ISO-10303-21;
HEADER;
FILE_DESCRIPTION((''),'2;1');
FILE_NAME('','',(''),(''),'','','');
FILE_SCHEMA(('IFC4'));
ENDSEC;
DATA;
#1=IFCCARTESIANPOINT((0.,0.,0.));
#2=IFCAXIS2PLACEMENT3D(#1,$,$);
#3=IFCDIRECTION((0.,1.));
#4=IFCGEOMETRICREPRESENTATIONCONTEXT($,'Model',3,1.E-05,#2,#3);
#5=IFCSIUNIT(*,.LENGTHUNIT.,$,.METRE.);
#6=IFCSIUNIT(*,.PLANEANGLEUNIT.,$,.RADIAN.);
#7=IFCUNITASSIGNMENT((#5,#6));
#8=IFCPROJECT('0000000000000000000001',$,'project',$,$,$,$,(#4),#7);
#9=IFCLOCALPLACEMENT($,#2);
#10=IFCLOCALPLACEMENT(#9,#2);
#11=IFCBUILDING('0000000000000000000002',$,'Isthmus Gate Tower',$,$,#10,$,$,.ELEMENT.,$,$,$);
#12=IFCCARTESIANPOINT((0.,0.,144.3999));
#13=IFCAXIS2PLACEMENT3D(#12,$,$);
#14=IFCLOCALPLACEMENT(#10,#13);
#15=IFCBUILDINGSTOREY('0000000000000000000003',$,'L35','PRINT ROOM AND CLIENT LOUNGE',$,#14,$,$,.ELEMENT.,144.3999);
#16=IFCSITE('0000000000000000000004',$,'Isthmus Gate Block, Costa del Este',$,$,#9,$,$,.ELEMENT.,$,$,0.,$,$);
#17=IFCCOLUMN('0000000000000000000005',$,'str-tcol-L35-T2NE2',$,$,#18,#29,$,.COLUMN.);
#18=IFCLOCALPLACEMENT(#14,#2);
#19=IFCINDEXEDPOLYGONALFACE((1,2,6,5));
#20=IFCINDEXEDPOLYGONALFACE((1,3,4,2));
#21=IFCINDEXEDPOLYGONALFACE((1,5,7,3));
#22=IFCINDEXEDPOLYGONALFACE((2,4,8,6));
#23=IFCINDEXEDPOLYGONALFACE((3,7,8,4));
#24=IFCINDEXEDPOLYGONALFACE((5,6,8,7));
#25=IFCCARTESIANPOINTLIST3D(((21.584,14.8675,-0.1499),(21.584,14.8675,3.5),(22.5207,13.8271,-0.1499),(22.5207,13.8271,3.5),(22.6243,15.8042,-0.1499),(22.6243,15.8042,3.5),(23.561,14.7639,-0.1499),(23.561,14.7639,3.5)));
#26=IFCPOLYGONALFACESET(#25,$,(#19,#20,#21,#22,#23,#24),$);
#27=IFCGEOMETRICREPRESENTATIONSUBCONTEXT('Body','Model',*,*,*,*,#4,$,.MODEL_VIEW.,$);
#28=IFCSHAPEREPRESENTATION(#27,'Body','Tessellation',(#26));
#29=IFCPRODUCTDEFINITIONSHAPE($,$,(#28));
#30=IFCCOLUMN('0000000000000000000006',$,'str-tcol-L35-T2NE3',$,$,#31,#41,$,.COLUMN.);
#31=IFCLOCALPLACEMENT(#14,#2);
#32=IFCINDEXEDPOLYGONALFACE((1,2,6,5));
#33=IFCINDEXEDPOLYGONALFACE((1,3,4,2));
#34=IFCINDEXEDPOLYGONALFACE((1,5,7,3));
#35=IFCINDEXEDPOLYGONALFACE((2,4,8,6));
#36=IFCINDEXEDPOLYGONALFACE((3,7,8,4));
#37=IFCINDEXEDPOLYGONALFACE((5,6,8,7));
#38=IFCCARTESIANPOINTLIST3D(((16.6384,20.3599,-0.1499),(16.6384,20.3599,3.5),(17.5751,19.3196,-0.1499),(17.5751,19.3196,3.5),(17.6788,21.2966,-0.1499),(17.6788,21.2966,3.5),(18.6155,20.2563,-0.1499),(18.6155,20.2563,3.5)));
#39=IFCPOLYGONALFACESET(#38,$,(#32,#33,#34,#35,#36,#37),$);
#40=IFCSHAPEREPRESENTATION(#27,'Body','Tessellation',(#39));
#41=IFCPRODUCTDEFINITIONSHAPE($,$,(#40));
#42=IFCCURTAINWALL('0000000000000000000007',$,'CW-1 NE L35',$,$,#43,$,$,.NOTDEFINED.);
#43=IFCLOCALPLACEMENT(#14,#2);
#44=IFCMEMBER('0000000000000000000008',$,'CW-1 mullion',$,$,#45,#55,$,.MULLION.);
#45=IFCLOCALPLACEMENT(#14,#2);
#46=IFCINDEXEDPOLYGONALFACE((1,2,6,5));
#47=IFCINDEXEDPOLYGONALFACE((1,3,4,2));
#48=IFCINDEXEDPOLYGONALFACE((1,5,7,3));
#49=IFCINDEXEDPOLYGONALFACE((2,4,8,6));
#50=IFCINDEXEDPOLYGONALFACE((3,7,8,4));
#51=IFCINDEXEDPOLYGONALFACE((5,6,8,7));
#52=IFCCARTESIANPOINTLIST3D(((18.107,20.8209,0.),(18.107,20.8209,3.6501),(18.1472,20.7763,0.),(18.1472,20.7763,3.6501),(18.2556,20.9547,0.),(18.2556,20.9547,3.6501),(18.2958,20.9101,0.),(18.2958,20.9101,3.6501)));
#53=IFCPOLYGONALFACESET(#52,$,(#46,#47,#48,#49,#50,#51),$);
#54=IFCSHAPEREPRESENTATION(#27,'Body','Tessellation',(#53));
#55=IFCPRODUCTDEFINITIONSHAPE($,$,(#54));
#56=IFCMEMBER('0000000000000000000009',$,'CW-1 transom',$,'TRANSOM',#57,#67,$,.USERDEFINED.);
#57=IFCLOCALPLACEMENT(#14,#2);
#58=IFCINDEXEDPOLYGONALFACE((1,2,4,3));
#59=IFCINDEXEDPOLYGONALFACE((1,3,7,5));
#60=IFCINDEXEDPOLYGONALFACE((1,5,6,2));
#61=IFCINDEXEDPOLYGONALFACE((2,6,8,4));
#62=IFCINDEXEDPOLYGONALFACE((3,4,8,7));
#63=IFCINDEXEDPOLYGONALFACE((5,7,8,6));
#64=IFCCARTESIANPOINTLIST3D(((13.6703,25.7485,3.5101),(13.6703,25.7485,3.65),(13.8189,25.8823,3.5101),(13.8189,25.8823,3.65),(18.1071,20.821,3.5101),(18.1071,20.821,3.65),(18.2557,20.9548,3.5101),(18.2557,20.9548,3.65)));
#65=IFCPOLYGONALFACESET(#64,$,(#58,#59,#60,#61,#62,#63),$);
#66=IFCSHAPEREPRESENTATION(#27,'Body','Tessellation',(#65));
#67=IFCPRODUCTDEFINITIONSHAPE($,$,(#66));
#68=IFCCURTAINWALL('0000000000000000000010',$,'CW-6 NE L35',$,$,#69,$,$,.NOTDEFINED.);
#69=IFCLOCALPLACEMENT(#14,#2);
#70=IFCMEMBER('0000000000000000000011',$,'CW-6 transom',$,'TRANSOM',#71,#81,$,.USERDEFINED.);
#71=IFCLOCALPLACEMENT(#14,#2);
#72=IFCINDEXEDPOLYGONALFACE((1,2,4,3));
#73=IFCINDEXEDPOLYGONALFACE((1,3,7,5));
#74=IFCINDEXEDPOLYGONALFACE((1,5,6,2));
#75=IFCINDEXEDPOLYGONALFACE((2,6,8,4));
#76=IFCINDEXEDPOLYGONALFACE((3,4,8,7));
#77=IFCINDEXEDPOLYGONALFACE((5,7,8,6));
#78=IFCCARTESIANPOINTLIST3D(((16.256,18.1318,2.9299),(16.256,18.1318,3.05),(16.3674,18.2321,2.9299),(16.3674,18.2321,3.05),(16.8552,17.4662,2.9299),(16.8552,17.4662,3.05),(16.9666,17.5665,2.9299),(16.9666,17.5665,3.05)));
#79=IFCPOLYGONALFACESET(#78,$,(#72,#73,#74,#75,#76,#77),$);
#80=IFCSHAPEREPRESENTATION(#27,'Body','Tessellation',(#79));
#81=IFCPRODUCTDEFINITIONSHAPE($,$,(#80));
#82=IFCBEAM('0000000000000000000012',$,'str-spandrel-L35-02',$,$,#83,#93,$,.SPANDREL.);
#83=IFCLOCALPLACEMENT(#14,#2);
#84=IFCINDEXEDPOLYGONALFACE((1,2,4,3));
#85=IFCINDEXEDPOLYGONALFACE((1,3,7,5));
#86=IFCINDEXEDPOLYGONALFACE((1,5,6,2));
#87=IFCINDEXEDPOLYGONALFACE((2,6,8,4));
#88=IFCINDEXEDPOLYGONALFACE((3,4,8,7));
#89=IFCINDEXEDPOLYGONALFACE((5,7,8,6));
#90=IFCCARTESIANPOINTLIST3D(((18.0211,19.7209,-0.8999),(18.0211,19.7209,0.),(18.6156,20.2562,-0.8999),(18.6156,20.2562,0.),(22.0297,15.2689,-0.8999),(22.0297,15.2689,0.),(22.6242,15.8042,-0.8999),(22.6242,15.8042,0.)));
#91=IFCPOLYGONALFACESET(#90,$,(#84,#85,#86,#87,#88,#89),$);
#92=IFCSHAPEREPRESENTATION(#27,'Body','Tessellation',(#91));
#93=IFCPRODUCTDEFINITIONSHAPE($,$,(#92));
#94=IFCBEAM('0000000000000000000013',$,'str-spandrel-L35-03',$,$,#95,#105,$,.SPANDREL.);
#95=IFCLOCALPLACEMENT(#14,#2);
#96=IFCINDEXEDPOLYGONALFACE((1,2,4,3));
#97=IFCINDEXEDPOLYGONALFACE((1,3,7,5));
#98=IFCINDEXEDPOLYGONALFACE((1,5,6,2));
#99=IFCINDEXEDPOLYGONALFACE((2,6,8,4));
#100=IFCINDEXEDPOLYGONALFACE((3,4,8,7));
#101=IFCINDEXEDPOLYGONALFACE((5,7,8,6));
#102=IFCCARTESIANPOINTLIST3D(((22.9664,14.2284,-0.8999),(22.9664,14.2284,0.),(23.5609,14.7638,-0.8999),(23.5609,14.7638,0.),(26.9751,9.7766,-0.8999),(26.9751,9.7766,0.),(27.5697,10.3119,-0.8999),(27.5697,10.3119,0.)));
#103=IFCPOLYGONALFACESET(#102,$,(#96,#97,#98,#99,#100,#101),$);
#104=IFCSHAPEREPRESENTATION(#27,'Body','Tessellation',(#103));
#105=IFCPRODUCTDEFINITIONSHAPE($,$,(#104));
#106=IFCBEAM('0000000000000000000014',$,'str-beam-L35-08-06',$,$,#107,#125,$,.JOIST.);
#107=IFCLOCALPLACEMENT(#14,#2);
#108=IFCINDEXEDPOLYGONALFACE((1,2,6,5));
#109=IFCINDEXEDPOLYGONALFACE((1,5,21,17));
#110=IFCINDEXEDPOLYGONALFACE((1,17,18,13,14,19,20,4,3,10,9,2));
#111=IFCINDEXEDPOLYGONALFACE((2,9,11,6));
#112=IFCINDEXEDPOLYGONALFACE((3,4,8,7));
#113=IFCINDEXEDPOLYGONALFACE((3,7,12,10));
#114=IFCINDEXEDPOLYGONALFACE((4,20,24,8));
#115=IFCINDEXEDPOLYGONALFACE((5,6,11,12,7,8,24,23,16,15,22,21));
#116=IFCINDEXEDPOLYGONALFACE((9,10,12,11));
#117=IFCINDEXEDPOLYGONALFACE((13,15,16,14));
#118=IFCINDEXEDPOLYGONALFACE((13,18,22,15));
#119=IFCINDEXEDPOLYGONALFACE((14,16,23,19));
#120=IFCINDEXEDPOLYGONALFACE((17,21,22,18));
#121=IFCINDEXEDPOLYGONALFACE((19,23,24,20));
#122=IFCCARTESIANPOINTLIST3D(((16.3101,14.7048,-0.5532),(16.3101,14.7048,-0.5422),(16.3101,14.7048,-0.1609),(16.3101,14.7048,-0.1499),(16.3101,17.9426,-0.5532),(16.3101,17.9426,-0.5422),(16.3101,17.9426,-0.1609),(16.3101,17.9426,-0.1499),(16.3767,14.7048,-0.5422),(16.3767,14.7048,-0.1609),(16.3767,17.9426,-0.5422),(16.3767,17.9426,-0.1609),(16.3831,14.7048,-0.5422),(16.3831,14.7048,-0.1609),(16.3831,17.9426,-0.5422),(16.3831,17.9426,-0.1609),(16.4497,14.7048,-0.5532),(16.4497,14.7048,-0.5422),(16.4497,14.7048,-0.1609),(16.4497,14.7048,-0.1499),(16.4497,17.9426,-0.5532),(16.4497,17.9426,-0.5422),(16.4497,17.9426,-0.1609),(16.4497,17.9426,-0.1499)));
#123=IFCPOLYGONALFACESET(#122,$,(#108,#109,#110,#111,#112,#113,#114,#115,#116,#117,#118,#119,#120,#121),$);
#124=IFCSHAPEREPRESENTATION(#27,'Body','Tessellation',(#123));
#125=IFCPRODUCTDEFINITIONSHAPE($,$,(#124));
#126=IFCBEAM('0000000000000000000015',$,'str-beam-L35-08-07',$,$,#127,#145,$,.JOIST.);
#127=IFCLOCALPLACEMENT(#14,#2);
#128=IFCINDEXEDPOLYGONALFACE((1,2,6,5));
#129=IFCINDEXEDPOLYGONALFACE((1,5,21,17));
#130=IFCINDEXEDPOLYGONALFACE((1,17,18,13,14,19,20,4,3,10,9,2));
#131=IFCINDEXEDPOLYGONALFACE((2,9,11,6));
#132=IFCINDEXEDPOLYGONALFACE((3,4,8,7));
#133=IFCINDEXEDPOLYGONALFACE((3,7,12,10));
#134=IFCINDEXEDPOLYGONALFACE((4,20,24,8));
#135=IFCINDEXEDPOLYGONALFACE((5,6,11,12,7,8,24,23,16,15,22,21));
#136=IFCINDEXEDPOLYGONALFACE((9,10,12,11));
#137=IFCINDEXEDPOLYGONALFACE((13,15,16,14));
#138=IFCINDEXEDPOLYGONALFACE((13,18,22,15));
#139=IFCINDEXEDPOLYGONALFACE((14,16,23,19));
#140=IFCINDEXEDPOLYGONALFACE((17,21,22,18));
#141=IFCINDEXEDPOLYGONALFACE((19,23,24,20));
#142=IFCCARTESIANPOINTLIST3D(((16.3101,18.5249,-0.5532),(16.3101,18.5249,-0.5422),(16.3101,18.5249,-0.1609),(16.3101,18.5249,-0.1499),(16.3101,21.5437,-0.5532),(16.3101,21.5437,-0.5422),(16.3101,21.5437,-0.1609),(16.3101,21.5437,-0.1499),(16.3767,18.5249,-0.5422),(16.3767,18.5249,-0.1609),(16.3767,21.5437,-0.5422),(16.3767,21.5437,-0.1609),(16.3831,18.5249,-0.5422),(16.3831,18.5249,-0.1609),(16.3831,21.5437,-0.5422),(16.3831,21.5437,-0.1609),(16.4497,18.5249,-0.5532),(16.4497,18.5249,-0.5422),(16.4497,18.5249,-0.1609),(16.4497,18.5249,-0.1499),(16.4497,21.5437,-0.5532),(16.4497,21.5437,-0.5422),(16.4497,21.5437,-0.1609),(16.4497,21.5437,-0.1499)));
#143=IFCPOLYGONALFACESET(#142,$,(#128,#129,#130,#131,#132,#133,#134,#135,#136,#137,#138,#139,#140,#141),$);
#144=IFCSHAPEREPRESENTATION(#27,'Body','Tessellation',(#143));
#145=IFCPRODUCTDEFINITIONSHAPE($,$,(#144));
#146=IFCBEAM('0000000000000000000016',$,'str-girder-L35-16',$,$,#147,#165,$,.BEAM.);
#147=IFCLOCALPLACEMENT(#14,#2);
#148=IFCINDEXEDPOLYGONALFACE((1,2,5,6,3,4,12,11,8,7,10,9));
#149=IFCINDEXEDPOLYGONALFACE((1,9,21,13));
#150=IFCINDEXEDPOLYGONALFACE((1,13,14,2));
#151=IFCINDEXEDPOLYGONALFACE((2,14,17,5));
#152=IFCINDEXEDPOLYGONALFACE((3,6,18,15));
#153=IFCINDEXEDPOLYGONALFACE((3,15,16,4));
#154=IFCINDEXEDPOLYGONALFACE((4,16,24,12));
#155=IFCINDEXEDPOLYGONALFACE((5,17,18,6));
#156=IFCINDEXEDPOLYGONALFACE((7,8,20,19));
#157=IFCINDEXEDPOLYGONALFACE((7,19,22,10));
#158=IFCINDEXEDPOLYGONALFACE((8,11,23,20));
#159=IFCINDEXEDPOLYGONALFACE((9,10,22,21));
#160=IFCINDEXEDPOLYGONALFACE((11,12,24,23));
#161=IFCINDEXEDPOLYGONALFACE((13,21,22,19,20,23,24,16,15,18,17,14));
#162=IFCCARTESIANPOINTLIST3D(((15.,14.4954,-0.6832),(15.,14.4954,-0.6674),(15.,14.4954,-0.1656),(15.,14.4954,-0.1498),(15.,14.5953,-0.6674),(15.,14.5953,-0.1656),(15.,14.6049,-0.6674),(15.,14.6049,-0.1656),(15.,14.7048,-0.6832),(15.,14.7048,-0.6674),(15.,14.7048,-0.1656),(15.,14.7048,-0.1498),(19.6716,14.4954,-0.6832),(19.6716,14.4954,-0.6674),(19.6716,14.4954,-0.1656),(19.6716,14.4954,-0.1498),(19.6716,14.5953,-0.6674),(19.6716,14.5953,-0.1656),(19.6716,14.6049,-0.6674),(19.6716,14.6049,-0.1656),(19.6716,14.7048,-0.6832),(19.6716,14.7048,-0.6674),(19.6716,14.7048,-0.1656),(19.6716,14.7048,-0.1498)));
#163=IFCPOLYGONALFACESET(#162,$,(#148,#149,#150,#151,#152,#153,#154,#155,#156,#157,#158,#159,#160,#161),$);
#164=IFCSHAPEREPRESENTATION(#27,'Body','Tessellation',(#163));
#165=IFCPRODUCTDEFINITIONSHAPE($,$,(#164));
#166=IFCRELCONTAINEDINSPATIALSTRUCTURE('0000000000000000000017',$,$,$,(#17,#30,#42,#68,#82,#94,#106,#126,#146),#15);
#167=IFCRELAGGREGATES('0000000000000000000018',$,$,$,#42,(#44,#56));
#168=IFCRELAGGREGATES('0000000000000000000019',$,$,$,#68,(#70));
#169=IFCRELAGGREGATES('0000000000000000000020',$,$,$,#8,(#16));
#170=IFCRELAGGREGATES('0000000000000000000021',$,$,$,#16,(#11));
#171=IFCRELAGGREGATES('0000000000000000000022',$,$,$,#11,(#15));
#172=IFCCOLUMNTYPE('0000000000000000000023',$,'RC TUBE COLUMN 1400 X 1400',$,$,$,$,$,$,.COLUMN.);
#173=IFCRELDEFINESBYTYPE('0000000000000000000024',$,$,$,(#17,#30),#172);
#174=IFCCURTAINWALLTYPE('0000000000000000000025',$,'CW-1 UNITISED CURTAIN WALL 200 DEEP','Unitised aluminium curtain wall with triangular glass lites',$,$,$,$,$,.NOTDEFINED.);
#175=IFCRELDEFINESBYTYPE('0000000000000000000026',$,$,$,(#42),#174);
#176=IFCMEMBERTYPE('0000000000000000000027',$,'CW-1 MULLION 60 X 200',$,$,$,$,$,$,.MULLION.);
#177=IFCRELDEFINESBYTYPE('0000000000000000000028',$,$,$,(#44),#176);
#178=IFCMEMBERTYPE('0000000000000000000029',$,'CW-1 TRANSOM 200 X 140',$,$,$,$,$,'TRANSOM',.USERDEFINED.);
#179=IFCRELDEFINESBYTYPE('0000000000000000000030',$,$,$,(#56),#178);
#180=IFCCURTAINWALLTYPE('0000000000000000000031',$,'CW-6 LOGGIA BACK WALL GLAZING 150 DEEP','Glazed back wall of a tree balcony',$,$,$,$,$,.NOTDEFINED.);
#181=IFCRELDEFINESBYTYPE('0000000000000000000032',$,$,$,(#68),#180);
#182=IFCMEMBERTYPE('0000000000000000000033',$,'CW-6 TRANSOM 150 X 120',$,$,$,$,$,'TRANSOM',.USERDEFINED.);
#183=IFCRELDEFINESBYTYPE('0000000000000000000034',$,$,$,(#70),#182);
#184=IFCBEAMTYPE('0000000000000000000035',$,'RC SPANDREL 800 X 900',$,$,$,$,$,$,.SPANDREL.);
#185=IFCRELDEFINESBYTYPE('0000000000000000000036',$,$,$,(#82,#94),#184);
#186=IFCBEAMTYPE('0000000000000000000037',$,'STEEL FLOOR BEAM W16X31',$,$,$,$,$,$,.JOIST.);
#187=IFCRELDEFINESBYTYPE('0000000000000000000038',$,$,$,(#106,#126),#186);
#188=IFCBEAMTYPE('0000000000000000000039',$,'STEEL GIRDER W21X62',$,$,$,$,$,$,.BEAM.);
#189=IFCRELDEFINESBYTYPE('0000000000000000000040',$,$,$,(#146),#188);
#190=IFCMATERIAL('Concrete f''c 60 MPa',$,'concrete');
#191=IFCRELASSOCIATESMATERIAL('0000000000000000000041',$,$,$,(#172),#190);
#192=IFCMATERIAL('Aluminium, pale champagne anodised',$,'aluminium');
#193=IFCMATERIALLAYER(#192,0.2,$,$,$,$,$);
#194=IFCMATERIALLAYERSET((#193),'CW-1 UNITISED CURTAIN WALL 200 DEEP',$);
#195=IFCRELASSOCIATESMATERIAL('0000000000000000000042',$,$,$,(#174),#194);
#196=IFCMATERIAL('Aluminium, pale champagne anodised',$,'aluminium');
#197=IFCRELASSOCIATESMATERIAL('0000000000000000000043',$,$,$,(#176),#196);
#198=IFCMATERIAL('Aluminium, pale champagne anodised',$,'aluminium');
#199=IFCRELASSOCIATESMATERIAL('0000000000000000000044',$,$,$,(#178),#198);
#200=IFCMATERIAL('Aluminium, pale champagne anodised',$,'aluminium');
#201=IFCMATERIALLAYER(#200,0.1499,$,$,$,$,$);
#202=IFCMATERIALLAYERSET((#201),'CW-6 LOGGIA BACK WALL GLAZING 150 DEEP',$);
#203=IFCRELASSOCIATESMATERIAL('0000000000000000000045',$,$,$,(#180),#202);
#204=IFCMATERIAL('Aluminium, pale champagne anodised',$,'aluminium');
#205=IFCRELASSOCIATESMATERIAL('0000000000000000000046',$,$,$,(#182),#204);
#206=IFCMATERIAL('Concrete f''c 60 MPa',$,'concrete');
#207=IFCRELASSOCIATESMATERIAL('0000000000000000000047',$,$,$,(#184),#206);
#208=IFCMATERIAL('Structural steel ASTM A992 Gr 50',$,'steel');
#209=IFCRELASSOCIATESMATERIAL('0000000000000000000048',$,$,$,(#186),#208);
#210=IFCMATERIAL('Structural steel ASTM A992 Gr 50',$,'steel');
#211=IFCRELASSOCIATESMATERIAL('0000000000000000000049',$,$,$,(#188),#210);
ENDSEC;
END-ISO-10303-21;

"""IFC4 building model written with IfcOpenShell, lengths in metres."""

from ifc_helpers import new_model, si_unit, direction, frame, origin, origin_2d, place, context, subcontext, project, spatial, rectangle, i_section, extrude, material, layer, layer_set, material_profile, profile_set, type_object, element, aggregate, save


model = new_model("IFC4")

# Units and contexts
model_context = context("Model", 3, precision=1e-05, world=origin(), true_north=direction((0.0, 1.0)))
body_context = subcontext(model_context, "Body", "Model", "MODEL_VIEW")
ifc_project = project(units=[si_unit("LENGTHUNIT", "METRE"), si_unit("PLANEANGLEUNIT", "RADIAN")], contexts=[model_context])

# Site, building, storey
site_placement = place(None, origin())
site = spatial("IfcSite", under=ifc_project, at=site_placement, Name="Isthmus Gate Block, Costa del Este", CompositionType="ELEMENT", RefElevation=0.0)
building_placement = place(site_placement, origin())
building = spatial("IfcBuilding", under=site, at=building_placement, Name="Isthmus Gate Tower", CompositionType="ELEMENT")
storey_placement = place(building_placement, frame((0.0, 0.0, 144.3999)))
storey = spatial("IfcBuildingStorey", under=building, at=storey_placement, Name="L35", Description="PRINT ROOM AND CLIENT LOUNGE", CompositionType="ELEMENT", Elevation=144.3999)

# Columns
ifc_material_1 = material(Name="Concrete f'c 60 MPa", Category="concrete")
ifc_material_profile_1 = material_profile(ifc_material_1, rectangle(XDim=1.3999, YDim=1.3999, at=origin_2d()), Name="RC 1400X1400")
ifc_profile_set_1 = profile_set([ifc_material_profile_1], Name="Concrete f'c 60 MPa")
column_type = type_object("IfcColumnType", Name="RC TUBE COLUMN 1400 X 1400", PredefinedType="COLUMN", material=ifc_profile_set_1)
for number, where, z_axis, x_axis, name in (
    (1, (22.5725, 14.8157, -0.1499), (0.0, 0.0, 1.0), (-0.669131, 0.743145, 0.0), "str-tcol-L35-T2NE2"),
    (2, (17.627, 20.3081, -0.1499), (0.0, 0.0, 1.0), (-0.669131, 0.743145, 0.0), "str-tcol-L35-T2NE3"),
):
    element("IfcColumn", number, at=place(storey_placement, frame(where, z_axis=z_axis, x_axis=x_axis)), inside=storey, type_object=column_type, Name=name, PredefinedType="COLUMN", context=body_context, shape_type="SweptSolid", body=[
        extrude(rectangle(XDim=1.3999, YDim=1.3999, at=origin_2d()), origin(), (0.0, 0.0, 1.0), 3.6499),
    ])

# Curtain wall, members
ifc_material_2 = material(Name="Aluminium, pale champagne anodised", Category="aluminium")
ifc_layer_1 = layer(ifc_material_2, 0.2)
ifc_layer_set_1 = layer_set([ifc_layer_1], Name="CW-1 UNITISED CURTAIN WALL 200 DEEP")
curtain_wall_type_1 = type_object("IfcCurtainWallType", Name="CW-1 UNITISED CURTAIN WALL 200 DEEP", Description="Unitised aluminium curtain wall with triangular glass lites", PredefinedType="NOTDEFINED", material=ifc_layer_set_1)
curtain_wall_1_placement = place(storey_placement, origin())
curtain_wall_1 = element("IfcCurtainWall", 3, at=curtain_wall_1_placement, inside=storey, type_object=curtain_wall_type_1, Name="CW-1 NE L35", PredefinedType="NOTDEFINED")
ifc_material_3 = material(Name="Aluminium, pale champagne anodised", Category="aluminium")
ifc_material_profile_2 = material_profile(ifc_material_3, rectangle(XDim=0.0601, YDim=0.2, at=origin_2d()), Name="60x200")
ifc_profile_set_2 = profile_set([ifc_material_profile_2], Name="Aluminium, pale champagne anodised")
member_type_1 = type_object("IfcMemberType", Name="CW-1 MULLION 60 X 200", PredefinedType="MULLION", material=ifc_profile_set_2)
member_1_placement = place(storey_placement, frame((18.2014, 20.8655, 0.0), z_axis=(0.0, 0.0, 1.0), x_axis=(-0.669131, 0.743145, 0.0)))
member_1 = element("IfcMember", 4, at=member_1_placement, type_object=member_type_1, Name="CW-1 mullion", PredefinedType="MULLION", context=body_context, shape_type="SweptSolid", body=[
    extrude(rectangle(XDim=0.0601, YDim=0.2, at=origin_2d()), origin(), (0.0, 0.0, 1.0), 3.6501),
])
ifc_material_4 = material(Name="Aluminium, pale champagne anodised", Category="aluminium")
ifc_material_profile_3 = material_profile(ifc_material_4, rectangle(XDim=0.2, YDim=0.1399, at=origin_2d()), Name="200x140")
ifc_profile_set_3 = profile_set([ifc_material_profile_3], Name="Aluminium, pale champagne anodised")
member_type_2 = type_object("IfcMemberType", Name="CW-1 TRANSOM 200 X 140", ElementType="TRANSOM", PredefinedType="USERDEFINED", material=ifc_profile_set_3)
member_2_placement = place(storey_placement, frame((18.1814, 20.8879, 3.5801), z_axis=(-0.669134, 0.743142, 0.0), x_axis=(-0.743142, -0.669134, 0.0)))
member_2 = element("IfcMember", 5, at=member_2_placement, type_object=member_type_2, Name="CW-1 transom", ObjectType="TRANSOM", PredefinedType="USERDEFINED", context=body_context, shape_type="SweptSolid", body=[
    extrude(rectangle(XDim=0.2, YDim=0.1399, at=origin_2d()), origin(), (0.0, 0.0, 1.0), 6.6306),
])

# Curtain wall, member
ifc_material_5 = material(Name="Aluminium, pale champagne anodised", Category="aluminium")
ifc_layer_2 = layer(ifc_material_5, 0.1499)
ifc_layer_set_2 = layer_set([ifc_layer_2], Name="CW-6 LOGGIA BACK WALL GLAZING 150 DEEP")
curtain_wall_type_2 = type_object("IfcCurtainWallType", Name="CW-6 LOGGIA BACK WALL GLAZING 150 DEEP", Description="Glazed back wall of a tree balcony", PredefinedType="NOTDEFINED", material=ifc_layer_set_2)
curtain_wall_2_placement = place(storey_placement, origin())
curtain_wall_2 = element("IfcCurtainWall", 6, at=curtain_wall_2_placement, inside=storey, type_object=curtain_wall_type_2, Name="CW-6 NE L35", PredefinedType="NOTDEFINED")
ifc_material_6 = material(Name="Aluminium, pale champagne anodised", Category="aluminium")
ifc_material_profile_4 = material_profile(ifc_material_6, rectangle(XDim=0.1499, YDim=0.1201, at=origin_2d()), Name="150x120")
ifc_profile_set_4 = profile_set([ifc_material_profile_4], Name="Aluminium, pale champagne anodised")
member_type_3 = type_object("IfcMemberType", Name="CW-6 TRANSOM 150 X 120", ElementType="TRANSOM", PredefinedType="USERDEFINED", material=ifc_profile_set_4)
member_3_placement = place(storey_placement, frame((16.9109, 17.5164, 2.99), z_axis=(-0.669055, 0.743213, 0.0), x_axis=(-0.743213, -0.669055, 0.0)))
member_3 = element("IfcMember", 7, at=member_3_placement, type_object=member_type_3, Name="CW-6 transom", ObjectType="TRANSOM", PredefinedType="USERDEFINED", context=body_context, shape_type="SweptSolid", body=[
    extrude(rectangle(XDim=0.1499, YDim=0.1201, at=origin_2d()), origin(), (0.0, 0.0, 1.0), 0.8955),
])

# Beams
ifc_material_7 = material(Name="Concrete f'c 60 MPa", Category="concrete")
ifc_material_profile_5 = material_profile(ifc_material_7, rectangle(XDim=0.8, YDim=0.8999, at=origin_2d()), Name="RC 800X900")
ifc_profile_set_5 = profile_set([ifc_material_profile_5], Name="Concrete f'c 60 MPa")
beam_type_1 = type_object("IfcBeamType", Name="RC SPANDREL 800 X 900", PredefinedType="SPANDREL", material=ifc_profile_set_5)
for number, where, z_axis, x_axis, name in (
    (8, (18.3184, 19.9885, -0.45), (0.669134, -0.743142, 0.0), (0.743142, 0.669134, 0.0), "str-spandrel-L35-02"),
    (9, (23.2637, 14.4961, -0.45), (0.669156, -0.743122, 0.0), (0.743122, 0.669156, 0.0), "str-spandrel-L35-03"),
):
    element("IfcBeam", number, at=place(storey_placement, frame(where, z_axis=z_axis, x_axis=x_axis)), inside=storey, type_object=beam_type_1, Name=name, PredefinedType="SPANDREL", context=body_context, shape_type="SweptSolid", body=[
        extrude(rectangle(XDim=0.8, YDim=0.8999, at=origin_2d()), origin(), (0.0, 0.0, 1.0), 5.9907),
    ])
ifc_material_8 = material(Name="Structural steel ASTM A992 Gr 50", Category="steel")
ifc_material_profile_6 = material_profile(ifc_material_8, i_section(OverallWidth=0.1396, OverallDepth=0.4033, WebThickness=0.0063, FlangeThickness=0.011, at=origin_2d()), Name="W16X31")
ifc_profile_set_6 = profile_set([ifc_material_profile_6], Name="Structural steel ASTM A992 Gr 50")
beam_type_2 = type_object("IfcBeamType", Name="STEEL FLOOR BEAM W16X31", PredefinedType="JOIST", material=ifc_profile_set_6)
beam_1_placement = place(storey_placement, frame((16.3799, 14.7048, -0.3516), z_axis=(0.0, 1.0, 0.0), x_axis=(-1.0, 0.0, 0.0)))
element("IfcBeam", 10, at=beam_1_placement, inside=storey, type_object=beam_type_2, Name="str-beam-L35-08-06", PredefinedType="JOIST", context=body_context, shape_type="SweptSolid", body=[
    extrude(i_section(OverallWidth=0.1396, OverallDepth=0.4033, WebThickness=0.0063, FlangeThickness=0.011, at=origin_2d()), origin(), (0.0, 0.0, 1.0), 3.2378),
])
beam_2_placement = place(storey_placement, frame((16.3799, 18.5249, -0.3516), z_axis=(0.0, 1.0, 0.0), x_axis=(-1.0, 0.0, 0.0)))
element("IfcBeam", 11, at=beam_2_placement, inside=storey, type_object=beam_type_2, Name="str-beam-L35-08-07", PredefinedType="JOIST", context=body_context, shape_type="SweptSolid", body=[
    extrude(i_section(OverallWidth=0.1396, OverallDepth=0.4033, WebThickness=0.0063, FlangeThickness=0.011, at=origin_2d()), origin(), (0.0, 0.0, 1.0), 3.0188),
])
ifc_material_9 = material(Name="Structural steel ASTM A992 Gr 50", Category="steel")
ifc_material_profile_7 = material_profile(ifc_material_9, i_section(OverallWidth=0.2095, OverallDepth=0.5334, WebThickness=0.0095, FlangeThickness=0.0159, at=origin_2d()), Name="W21X62")
ifc_profile_set_7 = profile_set([ifc_material_profile_7], Name="Structural steel ASTM A992 Gr 50")
beam_type_3 = type_object("IfcBeamType", Name="STEEL GIRDER W21X62", PredefinedType="BEAM", material=ifc_profile_set_7)
beam_3_placement = place(storey_placement, frame((15.0, 14.6001, -0.4165), z_axis=(1.0, 0.0, 0.0), x_axis=(0.0, 1.0, 0.0)))
element("IfcBeam", 12, at=beam_3_placement, inside=storey, type_object=beam_type_3, Name="str-girder-L35-16", PredefinedType="BEAM", context=body_context, shape_type="SweptSolid", body=[
    extrude(i_section(OverallWidth=0.2095, OverallDepth=0.5334, WebThickness=0.0095, FlangeThickness=0.0159, at=origin_2d()), origin(), (0.0, 0.0, 1.0), 4.6716),
])

aggregate(curtain_wall_1, [member_1, member_2])
aggregate(curtain_wall_2, [member_3])

save(model, "model.ifc")
